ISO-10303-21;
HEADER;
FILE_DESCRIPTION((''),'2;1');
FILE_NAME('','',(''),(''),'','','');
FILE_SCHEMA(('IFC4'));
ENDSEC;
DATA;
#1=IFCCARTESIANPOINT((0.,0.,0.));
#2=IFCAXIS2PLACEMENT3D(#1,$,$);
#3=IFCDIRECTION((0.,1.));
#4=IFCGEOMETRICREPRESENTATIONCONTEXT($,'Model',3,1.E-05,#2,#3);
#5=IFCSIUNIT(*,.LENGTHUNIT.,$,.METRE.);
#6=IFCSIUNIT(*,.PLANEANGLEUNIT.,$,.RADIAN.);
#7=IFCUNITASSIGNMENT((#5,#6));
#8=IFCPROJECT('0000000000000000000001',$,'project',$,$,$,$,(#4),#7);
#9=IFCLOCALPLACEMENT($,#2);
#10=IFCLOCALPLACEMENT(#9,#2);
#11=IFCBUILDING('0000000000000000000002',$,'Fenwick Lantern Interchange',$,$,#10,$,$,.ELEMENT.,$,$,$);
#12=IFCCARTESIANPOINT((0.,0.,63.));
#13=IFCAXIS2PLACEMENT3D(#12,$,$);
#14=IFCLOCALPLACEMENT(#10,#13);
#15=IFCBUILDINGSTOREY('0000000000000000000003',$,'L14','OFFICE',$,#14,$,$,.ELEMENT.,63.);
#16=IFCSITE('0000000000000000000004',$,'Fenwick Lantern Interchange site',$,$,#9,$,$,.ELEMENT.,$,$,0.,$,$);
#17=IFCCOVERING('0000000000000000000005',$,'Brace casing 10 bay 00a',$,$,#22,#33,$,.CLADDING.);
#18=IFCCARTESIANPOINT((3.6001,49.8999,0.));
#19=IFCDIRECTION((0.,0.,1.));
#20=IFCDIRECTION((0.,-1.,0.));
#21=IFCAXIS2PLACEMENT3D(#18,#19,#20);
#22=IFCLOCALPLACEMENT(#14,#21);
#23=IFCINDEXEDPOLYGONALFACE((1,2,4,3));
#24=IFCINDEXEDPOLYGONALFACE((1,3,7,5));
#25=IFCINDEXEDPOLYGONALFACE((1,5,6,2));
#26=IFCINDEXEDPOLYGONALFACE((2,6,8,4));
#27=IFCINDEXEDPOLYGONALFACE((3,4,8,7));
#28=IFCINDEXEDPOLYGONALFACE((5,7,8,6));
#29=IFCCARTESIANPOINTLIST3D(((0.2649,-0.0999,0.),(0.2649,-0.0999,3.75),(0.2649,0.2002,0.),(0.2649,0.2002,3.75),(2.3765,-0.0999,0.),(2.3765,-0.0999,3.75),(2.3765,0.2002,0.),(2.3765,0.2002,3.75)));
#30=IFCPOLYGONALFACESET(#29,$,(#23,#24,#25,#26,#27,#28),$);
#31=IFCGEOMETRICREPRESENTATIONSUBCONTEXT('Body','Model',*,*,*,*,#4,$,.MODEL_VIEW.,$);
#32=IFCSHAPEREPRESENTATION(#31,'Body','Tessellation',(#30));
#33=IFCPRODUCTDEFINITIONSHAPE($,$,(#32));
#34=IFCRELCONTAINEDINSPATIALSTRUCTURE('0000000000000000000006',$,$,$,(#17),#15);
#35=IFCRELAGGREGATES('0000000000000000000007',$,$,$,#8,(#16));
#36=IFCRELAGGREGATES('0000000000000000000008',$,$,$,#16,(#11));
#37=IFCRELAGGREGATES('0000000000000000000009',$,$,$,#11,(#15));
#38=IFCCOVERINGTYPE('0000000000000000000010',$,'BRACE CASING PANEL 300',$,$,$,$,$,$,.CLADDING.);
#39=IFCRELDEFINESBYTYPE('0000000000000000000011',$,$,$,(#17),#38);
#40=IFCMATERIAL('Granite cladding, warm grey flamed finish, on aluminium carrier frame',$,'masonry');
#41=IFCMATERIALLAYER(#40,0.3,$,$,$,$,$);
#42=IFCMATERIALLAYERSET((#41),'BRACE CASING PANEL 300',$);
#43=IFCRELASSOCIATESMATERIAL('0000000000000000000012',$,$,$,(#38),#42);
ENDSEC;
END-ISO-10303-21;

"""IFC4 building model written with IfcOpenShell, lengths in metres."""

from ifc_helpers import new_model, si_unit, direction, frame, origin, place, context, subcontext, project, spatial, polyline, outline, extrude, material, layer, layer_set, type_object, element, save


model = new_model("IFC4")

# Units and contexts
model_context = context("Model", 3, precision=1e-05, world=origin(), true_north=direction((0.0, 1.0)))
body_context = subcontext(model_context, "Body", "Model", "MODEL_VIEW")
ifc_project = project(units=[si_unit("LENGTHUNIT", "METRE"), si_unit("PLANEANGLEUNIT", "RADIAN")], contexts=[model_context])

# Site, building, storey
site_placement = place(None, origin())
site = spatial("IfcSite", under=ifc_project, at=site_placement, Name="Fenwick Lantern Interchange site", CompositionType="ELEMENT", RefElevation=0.0)
building_placement = place(site_placement, origin())
building = spatial("IfcBuilding", under=site, at=building_placement, Name="Fenwick Lantern Interchange", CompositionType="ELEMENT")
storey_placement = place(building_placement, frame((0.0, 0.0, 63.0)))
storey = spatial("IfcBuildingStorey", under=building, at=storey_placement, Name="L14", Description="OFFICE", CompositionType="ELEMENT", Elevation=63.0)

# Covering
ifc_material_1 = material(Name="Granite cladding, warm grey flamed finish, on aluminium carrier frame", Category="masonry")
ifc_layer_1 = layer(ifc_material_1, 0.3)
ifc_layer_set_1 = layer_set([ifc_layer_1], Name="BRACE CASING PANEL 300")
covering_type = type_object("IfcCoveringType", Name="BRACE CASING PANEL 300", PredefinedType="CLADDING", material=ifc_layer_set_1)
covering_placement = place(storey_placement, frame((3.6001, 49.8999, 0.0), z_axis=(0.0, 0.0, 1.0), x_axis=(0.0, -1.0, 0.0)))
element("IfcCovering", 1, at=covering_placement, inside=storey, type_object=covering_type, Name="Brace casing 10 bay 00a", PredefinedType="CLADDING", context=body_context, shape_type="SweptSolid", body=[
    extrude(outline(polyline([(0.2649, 0.0), (2.3765, 0.0), (2.3765, 3.75), (0.2649, 3.75), (0.2649, 0.0)])), frame((0.0, 0.2002, 0.0), z_axis=(0.0, -1.0, 0.0), x_axis=(1.0, 0.0, 0.0)), (0.0, 0.0, 1.0), 0.3),
])

save(model, "model.ifc")
